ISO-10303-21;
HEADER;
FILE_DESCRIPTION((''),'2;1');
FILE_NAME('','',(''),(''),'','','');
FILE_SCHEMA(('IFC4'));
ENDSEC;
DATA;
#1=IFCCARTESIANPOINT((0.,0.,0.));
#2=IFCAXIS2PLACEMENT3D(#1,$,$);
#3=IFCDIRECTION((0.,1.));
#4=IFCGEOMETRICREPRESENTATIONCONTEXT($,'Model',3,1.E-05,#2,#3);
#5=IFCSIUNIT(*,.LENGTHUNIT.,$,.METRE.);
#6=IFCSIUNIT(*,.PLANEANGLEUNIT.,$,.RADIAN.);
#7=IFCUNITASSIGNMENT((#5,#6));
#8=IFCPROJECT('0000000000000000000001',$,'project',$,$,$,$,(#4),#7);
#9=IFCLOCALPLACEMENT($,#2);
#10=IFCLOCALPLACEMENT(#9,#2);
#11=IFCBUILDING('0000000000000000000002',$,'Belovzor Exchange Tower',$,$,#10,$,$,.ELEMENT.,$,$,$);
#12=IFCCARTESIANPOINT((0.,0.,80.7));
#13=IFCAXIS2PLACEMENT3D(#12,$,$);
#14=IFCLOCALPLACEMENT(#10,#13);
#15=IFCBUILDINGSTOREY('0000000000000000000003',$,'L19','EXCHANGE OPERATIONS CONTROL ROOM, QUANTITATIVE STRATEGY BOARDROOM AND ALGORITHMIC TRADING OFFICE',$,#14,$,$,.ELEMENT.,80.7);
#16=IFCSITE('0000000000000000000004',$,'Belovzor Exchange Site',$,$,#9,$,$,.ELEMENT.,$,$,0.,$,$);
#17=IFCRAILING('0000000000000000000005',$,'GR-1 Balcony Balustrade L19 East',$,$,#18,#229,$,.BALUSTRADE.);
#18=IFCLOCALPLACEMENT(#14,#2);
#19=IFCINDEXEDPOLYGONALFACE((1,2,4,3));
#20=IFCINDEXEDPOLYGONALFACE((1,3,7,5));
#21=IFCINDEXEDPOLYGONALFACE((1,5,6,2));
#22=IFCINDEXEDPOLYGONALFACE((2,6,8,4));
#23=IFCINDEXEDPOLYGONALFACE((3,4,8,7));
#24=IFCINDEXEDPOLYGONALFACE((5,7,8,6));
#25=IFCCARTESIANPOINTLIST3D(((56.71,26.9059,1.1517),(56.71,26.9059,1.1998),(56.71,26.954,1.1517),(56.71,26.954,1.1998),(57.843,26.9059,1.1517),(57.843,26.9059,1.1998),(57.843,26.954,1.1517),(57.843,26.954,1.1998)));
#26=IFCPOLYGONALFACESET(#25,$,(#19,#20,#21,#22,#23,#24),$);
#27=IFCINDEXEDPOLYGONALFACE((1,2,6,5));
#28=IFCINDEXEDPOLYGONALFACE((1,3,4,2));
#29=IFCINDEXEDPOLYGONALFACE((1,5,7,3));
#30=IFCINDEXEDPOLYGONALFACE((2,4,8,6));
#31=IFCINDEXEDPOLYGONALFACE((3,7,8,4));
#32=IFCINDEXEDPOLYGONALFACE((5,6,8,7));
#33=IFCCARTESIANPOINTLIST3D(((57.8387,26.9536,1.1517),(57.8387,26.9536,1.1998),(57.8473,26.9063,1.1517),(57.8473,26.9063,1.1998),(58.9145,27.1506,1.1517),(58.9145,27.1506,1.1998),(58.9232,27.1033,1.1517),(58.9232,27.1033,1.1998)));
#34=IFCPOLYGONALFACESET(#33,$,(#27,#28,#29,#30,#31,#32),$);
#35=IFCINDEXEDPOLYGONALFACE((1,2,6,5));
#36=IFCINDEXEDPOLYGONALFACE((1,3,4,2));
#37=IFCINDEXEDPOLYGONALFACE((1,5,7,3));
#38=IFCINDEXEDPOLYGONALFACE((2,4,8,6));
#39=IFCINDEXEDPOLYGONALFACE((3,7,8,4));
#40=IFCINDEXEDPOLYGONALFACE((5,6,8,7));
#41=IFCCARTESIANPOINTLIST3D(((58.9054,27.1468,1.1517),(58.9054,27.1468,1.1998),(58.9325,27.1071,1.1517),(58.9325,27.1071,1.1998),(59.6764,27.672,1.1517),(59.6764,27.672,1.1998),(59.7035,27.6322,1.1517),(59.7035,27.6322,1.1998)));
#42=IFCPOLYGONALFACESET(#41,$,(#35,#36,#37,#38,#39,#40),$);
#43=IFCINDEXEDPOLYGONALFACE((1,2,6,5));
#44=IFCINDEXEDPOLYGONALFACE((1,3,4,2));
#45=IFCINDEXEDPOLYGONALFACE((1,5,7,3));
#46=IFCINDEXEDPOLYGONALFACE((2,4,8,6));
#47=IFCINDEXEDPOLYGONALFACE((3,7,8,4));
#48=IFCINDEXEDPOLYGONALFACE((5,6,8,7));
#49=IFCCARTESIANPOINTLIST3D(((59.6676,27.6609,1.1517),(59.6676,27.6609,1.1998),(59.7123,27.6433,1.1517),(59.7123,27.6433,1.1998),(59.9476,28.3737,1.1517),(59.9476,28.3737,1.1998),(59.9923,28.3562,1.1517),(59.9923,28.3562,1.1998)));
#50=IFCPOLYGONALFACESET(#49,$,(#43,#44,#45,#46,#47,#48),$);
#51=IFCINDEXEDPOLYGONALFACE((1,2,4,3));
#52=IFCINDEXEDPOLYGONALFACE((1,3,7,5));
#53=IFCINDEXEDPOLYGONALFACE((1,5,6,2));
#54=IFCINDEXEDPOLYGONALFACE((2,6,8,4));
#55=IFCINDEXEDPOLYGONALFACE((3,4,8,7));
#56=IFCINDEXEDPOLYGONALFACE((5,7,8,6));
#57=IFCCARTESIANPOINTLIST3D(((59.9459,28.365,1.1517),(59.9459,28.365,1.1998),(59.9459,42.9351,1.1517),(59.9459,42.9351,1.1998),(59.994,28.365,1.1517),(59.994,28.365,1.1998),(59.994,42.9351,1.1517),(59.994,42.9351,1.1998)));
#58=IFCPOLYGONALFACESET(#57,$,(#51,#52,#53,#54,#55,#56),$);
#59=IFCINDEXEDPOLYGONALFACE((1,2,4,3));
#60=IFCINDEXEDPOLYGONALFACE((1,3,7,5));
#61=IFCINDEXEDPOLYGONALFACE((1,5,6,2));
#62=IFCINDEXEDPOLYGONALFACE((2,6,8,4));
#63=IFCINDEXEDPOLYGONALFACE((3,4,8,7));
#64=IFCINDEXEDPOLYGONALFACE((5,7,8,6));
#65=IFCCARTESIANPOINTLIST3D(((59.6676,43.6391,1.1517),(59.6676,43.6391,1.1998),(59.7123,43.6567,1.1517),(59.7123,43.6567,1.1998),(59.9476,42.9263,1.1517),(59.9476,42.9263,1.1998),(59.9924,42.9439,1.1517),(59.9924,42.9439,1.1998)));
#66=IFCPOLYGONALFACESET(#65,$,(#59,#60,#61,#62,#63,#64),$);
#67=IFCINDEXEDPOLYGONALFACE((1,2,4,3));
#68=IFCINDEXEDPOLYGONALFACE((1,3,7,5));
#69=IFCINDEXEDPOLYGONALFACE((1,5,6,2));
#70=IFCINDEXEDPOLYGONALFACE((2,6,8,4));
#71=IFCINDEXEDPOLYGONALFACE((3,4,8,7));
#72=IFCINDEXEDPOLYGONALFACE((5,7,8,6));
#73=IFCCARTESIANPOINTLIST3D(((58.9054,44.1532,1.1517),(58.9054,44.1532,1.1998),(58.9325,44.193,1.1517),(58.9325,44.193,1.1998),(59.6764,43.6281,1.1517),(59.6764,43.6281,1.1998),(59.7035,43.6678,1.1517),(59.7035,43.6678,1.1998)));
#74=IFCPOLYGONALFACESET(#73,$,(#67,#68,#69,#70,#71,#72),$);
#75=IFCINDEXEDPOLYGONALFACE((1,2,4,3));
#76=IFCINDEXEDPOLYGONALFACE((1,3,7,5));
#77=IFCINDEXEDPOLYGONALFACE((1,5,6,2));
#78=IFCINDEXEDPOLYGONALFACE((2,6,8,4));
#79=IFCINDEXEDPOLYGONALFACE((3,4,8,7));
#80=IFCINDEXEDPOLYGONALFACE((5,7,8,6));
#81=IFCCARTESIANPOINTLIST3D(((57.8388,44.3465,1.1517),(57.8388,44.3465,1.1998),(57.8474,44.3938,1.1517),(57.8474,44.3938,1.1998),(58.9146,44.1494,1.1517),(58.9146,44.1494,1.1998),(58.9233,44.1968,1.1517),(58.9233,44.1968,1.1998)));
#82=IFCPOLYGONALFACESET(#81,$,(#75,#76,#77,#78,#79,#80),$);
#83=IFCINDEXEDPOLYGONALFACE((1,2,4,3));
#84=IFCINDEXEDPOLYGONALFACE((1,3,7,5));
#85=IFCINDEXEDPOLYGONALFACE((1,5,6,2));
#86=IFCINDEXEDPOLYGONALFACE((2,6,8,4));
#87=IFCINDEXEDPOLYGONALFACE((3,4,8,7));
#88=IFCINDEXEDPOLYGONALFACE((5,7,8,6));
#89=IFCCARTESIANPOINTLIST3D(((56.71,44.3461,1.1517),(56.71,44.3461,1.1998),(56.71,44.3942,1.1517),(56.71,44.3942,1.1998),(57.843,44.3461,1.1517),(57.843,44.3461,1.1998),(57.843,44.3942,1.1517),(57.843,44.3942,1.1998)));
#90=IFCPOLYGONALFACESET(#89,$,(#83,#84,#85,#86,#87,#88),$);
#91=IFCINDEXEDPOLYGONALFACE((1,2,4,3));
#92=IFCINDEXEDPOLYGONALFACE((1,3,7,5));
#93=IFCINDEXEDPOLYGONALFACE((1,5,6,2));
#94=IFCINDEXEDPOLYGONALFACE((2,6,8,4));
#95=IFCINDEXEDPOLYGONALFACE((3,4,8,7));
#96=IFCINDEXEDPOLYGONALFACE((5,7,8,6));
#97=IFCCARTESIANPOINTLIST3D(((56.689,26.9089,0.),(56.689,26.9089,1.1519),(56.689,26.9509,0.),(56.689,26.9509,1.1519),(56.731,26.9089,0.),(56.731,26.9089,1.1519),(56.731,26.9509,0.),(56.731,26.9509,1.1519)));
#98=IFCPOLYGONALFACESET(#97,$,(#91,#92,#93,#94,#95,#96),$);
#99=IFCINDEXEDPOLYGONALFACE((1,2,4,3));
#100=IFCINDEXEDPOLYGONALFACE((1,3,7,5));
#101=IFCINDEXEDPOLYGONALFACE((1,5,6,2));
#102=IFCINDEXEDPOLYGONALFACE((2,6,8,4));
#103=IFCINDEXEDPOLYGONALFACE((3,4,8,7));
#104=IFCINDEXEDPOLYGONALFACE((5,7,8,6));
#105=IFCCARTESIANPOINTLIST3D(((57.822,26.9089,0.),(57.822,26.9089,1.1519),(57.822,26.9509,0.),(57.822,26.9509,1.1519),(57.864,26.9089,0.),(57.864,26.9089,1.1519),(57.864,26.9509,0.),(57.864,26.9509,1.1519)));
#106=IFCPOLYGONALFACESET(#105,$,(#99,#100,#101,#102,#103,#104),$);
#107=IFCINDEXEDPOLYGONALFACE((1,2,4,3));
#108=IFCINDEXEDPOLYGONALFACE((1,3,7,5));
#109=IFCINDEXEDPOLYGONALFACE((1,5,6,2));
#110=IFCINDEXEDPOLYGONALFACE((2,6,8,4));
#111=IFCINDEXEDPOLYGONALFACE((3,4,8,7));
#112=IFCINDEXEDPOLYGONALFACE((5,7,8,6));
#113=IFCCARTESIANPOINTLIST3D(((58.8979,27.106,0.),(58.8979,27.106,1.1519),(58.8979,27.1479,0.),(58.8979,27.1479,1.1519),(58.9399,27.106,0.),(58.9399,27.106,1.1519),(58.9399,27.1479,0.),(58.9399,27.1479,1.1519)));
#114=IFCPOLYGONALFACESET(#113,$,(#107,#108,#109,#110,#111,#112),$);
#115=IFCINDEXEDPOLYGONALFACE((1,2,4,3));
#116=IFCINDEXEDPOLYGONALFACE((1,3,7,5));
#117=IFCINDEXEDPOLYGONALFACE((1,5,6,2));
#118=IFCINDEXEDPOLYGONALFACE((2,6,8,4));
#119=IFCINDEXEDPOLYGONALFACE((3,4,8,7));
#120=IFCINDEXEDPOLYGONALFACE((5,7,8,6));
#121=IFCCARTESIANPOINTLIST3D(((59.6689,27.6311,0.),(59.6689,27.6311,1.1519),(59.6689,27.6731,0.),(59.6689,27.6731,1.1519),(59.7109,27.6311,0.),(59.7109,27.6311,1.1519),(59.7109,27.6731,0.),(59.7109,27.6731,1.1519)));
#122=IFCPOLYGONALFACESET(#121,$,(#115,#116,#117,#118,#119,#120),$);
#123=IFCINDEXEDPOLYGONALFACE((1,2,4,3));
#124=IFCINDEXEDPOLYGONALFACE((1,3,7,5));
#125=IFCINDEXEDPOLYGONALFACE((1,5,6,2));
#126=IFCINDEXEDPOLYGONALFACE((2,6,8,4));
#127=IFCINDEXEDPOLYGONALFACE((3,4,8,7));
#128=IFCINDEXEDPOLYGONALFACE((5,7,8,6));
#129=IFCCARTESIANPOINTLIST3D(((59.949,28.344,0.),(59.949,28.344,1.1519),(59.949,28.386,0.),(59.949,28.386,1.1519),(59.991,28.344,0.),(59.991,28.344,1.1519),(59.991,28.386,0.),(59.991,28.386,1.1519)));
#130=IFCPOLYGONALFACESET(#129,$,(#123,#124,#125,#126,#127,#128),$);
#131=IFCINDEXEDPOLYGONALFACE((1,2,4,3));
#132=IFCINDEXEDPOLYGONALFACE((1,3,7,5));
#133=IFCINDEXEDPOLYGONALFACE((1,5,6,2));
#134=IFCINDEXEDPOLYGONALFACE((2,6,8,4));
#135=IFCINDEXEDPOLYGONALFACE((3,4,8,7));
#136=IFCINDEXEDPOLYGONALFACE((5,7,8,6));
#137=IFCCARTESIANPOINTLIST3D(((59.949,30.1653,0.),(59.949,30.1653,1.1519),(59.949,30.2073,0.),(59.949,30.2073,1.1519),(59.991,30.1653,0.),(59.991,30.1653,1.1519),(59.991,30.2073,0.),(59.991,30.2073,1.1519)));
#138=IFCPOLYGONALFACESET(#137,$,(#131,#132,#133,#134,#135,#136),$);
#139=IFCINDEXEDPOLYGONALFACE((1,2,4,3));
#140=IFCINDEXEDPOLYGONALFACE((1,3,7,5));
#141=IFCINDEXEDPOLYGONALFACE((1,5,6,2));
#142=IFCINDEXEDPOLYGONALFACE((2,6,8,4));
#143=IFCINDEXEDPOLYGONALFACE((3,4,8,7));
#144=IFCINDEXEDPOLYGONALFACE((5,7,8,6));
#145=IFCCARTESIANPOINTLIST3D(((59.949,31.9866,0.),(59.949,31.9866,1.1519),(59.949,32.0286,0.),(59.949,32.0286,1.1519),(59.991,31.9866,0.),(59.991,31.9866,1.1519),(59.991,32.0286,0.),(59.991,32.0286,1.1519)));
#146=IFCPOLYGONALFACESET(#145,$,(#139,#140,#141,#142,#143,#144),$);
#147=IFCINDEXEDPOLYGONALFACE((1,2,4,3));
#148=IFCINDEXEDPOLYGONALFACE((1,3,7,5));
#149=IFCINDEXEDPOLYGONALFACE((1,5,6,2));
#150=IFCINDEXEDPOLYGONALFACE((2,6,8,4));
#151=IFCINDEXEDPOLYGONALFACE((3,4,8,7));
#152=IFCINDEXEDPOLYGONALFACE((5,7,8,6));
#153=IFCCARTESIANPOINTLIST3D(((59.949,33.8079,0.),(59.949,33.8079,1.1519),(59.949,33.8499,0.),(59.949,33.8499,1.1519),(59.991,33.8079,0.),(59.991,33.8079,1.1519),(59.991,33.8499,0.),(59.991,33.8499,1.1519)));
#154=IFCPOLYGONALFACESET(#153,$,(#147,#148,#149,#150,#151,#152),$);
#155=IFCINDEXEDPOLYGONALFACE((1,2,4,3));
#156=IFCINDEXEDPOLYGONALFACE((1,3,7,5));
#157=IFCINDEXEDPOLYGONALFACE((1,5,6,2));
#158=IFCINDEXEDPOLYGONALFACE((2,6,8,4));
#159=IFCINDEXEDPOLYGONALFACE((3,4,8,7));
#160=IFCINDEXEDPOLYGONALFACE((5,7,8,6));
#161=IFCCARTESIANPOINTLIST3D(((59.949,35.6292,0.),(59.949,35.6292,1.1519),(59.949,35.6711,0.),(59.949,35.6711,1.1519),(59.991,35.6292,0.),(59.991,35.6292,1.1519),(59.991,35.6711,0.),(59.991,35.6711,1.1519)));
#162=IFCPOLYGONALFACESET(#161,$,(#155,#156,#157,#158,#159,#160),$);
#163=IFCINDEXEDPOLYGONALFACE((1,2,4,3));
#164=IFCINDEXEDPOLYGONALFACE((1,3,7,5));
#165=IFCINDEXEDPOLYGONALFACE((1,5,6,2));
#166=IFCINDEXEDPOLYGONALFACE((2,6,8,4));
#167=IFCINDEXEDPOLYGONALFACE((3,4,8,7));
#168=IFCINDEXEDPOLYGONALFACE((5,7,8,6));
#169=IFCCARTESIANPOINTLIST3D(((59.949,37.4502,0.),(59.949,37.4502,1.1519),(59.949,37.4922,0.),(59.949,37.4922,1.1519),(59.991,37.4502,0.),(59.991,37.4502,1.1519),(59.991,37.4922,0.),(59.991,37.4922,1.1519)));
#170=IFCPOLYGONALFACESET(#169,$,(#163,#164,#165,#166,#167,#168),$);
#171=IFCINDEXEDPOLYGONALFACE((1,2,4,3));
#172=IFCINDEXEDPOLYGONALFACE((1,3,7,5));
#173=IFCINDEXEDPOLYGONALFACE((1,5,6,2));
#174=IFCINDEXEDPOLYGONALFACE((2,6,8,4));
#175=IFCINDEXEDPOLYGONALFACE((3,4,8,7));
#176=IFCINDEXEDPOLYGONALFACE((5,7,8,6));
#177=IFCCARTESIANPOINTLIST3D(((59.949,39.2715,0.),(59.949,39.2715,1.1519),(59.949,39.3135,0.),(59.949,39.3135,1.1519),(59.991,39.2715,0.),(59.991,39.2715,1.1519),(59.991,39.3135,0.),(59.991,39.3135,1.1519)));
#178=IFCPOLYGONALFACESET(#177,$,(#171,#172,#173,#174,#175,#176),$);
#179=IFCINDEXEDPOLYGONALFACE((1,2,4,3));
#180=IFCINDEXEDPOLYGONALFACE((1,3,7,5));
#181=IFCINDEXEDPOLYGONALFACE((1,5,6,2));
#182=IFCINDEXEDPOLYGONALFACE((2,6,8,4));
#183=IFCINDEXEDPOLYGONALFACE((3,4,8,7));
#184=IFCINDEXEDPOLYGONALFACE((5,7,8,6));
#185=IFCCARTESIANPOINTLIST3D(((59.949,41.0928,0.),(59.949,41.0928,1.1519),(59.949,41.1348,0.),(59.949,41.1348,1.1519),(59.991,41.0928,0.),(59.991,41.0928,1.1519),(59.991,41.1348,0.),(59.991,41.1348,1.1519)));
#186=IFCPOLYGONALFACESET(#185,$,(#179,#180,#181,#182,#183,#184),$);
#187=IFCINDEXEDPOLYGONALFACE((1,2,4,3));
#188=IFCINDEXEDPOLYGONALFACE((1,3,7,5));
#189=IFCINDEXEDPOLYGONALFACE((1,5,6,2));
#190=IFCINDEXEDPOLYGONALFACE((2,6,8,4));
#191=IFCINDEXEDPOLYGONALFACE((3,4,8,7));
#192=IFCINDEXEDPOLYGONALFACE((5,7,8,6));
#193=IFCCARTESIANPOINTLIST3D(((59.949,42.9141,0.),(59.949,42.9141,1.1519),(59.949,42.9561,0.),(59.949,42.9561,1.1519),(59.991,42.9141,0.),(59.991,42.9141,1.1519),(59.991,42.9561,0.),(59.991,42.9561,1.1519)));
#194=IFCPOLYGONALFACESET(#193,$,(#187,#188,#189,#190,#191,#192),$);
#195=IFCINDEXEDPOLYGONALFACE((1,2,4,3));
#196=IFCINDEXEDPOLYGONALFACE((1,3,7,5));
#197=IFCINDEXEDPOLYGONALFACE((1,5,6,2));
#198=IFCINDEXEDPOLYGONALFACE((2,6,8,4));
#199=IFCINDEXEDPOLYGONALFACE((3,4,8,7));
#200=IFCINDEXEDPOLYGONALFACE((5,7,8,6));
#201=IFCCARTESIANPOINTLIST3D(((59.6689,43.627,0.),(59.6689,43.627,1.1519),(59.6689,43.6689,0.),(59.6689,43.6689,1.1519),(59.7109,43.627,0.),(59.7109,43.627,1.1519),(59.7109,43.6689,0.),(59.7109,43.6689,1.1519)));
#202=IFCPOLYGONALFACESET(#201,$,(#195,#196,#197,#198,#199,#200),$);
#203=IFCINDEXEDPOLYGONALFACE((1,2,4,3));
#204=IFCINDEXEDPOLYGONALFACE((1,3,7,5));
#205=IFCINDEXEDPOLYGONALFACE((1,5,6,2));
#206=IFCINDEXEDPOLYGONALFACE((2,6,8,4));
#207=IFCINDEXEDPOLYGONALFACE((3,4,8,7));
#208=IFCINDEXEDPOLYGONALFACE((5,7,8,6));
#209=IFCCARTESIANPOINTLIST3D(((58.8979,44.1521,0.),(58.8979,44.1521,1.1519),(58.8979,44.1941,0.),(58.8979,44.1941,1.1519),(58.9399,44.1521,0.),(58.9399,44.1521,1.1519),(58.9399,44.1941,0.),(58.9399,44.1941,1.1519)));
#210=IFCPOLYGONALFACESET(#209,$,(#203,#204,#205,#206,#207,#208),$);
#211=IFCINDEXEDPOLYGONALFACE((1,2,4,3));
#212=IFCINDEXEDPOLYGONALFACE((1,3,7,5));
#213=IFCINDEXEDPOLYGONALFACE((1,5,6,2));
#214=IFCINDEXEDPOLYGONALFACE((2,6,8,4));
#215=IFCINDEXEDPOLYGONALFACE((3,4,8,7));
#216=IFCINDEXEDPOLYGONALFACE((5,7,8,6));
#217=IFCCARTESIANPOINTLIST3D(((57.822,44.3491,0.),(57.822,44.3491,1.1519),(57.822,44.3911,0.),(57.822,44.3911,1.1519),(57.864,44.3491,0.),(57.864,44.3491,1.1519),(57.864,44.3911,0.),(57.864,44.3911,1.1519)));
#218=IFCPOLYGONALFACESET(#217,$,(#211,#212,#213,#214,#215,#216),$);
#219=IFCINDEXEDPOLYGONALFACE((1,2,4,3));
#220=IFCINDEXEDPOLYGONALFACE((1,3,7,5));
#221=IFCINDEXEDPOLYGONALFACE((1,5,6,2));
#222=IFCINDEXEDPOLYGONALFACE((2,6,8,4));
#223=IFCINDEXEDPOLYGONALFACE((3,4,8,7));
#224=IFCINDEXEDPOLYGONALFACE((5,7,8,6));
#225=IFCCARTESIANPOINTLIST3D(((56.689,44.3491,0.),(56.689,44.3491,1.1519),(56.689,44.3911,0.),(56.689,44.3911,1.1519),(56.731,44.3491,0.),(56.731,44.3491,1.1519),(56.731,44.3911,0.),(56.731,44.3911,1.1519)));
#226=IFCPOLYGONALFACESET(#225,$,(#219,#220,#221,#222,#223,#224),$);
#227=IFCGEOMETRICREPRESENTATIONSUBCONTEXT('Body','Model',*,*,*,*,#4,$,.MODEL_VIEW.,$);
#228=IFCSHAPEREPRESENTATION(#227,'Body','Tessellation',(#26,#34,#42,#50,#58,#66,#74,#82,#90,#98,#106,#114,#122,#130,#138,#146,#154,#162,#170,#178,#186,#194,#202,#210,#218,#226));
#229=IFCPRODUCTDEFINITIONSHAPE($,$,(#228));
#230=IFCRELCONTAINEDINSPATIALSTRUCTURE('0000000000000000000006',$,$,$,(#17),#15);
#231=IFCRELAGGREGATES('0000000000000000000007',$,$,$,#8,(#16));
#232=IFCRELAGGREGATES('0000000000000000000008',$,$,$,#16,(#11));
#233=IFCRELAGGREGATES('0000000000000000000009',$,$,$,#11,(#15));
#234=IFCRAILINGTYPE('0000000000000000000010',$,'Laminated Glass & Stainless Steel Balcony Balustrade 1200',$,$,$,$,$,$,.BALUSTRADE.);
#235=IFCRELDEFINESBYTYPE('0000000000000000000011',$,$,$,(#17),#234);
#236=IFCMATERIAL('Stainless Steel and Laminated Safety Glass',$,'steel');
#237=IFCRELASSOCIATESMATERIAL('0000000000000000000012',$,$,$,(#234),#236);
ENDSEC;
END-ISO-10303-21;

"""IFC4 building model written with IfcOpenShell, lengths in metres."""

from ifc_helpers import new_model, si_unit, direction, frame, origin, origin_2d, place, context, subcontext, project, spatial, rectangle, extrude, material, type_object, element, save


model = new_model("IFC4")

# Units and contexts
model_context = context("Model", 3, precision=1e-05, world=origin(), true_north=direction((0.0, 1.0)))
body_context = subcontext(model_context, "Body", "Model", "MODEL_VIEW")
ifc_project = project(units=[si_unit("LENGTHUNIT", "METRE"), si_unit("PLANEANGLEUNIT", "RADIAN")], contexts=[model_context])

# Site, building, storey
site_placement = place(None, origin())
site = spatial("IfcSite", under=ifc_project, at=site_placement, Name="Belovzor Exchange Site", CompositionType="ELEMENT", RefElevation=0.0)
building_placement = place(site_placement, origin())
building = spatial("IfcBuilding", under=site, at=building_placement, Name="Belovzor Exchange Tower", CompositionType="ELEMENT")
storey_placement = place(building_placement, frame((0.0, 0.0, 80.7)))
storey = spatial("IfcBuildingStorey", under=building, at=storey_placement, Name="L19", Description="EXCHANGE OPERATIONS CONTROL ROOM, QUANTITATIVE STRATEGY BOARDROOM AND ALGORITHMIC TRADING OFFICE", CompositionType="ELEMENT", Elevation=80.7)

# Railing
ifc_material_1 = material(Name="Stainless Steel and Laminated Safety Glass", Category="steel")
railing_type = type_object("IfcRailingType", Name="Laminated Glass & Stainless Steel Balcony Balustrade 1200", PredefinedType="BALUSTRADE", material=ifc_material_1)
railing_placement = place(storey_placement, frame((56.71, 26.9299, 0.0)))
element("IfcRailing", 1, at=railing_placement, inside=storey, type_object=railing_type, Name="GR-1 Balcony Balustrade L19 East", PredefinedType="BALUSTRADE", context=body_context, shape_type="SweptSolid", body=[
    extrude(rectangle(XDim=0.0481, YDim=0.0481, at=origin_2d()), frame((0.0, 0.0, 1.1758), z_axis=(1.0, 0.0, 0.0), x_axis=(0.0, 1.0, 0.0)), (0.0, 0.0, 1.0), 1.1331),
    extrude(rectangle(XDim=0.0481, YDim=0.0481, at=origin_2d()), frame((1.1331, 0.0, 1.1758), z_axis=(0.983644, 0.180123, 0.0), x_axis=(-0.180123, 0.983644, 0.0)), (0.0, 0.0, 1.0), 1.0938),
    extrude(rectangle(XDim=0.0481, YDim=0.0481, at=origin_2d()), frame((2.209, 0.197, 1.1758), z_axis=(0.826493, 0.562947, 0.0), x_axis=(-0.562947, 0.826493, 0.0)), (0.0, 0.0, 1.0), 0.9329),
    extrude(rectangle(XDim=0.0481, YDim=0.0481, at=origin_2d()), frame((2.98, 0.7222, 1.1758), z_axis=(0.365613, 0.930767, 0.0), x_axis=(-0.930767, 0.365613, 0.0)), (0.0, 0.0, 1.0), 0.7659),
    extrude(rectangle(XDim=0.0481, YDim=0.0481, at=origin_2d()), frame((3.26, 1.4351, 1.1758), z_axis=(0.0, 1.0, 0.0), x_axis=(-1.0, 0.0, 0.0)), (0.0, 0.0, 1.0), 14.5701),
    extrude(rectangle(XDim=0.0481, YDim=0.0481, at=origin_2d()), frame((3.26, 16.0051, 1.1758), z_axis=(-0.365613, 0.930767, 0.0), x_axis=(-0.930767, -0.365613, 0.0)), (0.0, 0.0, 1.0), 0.7659),
    extrude(rectangle(XDim=0.0481, YDim=0.0481, at=origin_2d()), frame((2.98, 16.718, 1.1758), z_axis=(-0.826493, 0.562947, 0.0), x_axis=(-0.562947, -0.826493, 0.0)), (0.0, 0.0, 1.0), 0.9329),
    extrude(rectangle(XDim=0.0481, YDim=0.0481, at=origin_2d()), frame((2.209, 17.2432, 1.1758), z_axis=(-0.983644, 0.180123, 0.0), x_axis=(-0.180123, -0.983644, 0.0)), (0.0, 0.0, 1.0), 1.0938),
    extrude(rectangle(XDim=0.0481, YDim=0.0481, at=origin_2d()), frame((1.1331, 17.4402, 1.1758), z_axis=(-1.0, 0.0, 0.0), x_axis=(0.0, -1.0, 0.0)), (0.0, 0.0, 1.0), 1.1331),
    extrude(rectangle(XDim=0.042, YDim=0.042, at=origin_2d()), origin(), (0.0, 0.0, 1.0), 1.1519),
    extrude(rectangle(XDim=0.042, YDim=0.042, at=origin_2d()), frame((1.1331, 0.0, 0.0)), (0.0, 0.0, 1.0), 1.1519),
    extrude(rectangle(XDim=0.042, YDim=0.042, at=origin_2d()), frame((2.209, 0.197, 0.0)), (0.0, 0.0, 1.0), 1.1519),
    extrude(rectangle(XDim=0.042, YDim=0.042, at=origin_2d()), frame((2.98, 0.7222, 0.0)), (0.0, 0.0, 1.0), 1.1519),
    extrude(rectangle(XDim=0.042, YDim=0.042, at=origin_2d()), frame((3.26, 1.4351, 0.0)), (0.0, 0.0, 1.0), 1.1519),
    extrude(rectangle(XDim=0.042, YDim=0.042, at=origin_2d()), frame((3.26, 3.2563, 0.0)), (0.0, 0.0, 1.0), 1.1519),
    extrude(rectangle(XDim=0.042, YDim=0.042, at=origin_2d()), frame((3.26, 5.0776, 0.0)), (0.0, 0.0, 1.0), 1.1519),
    extrude(rectangle(XDim=0.042, YDim=0.042, at=origin_2d()), frame((3.26, 6.8989, 0.0)), (0.0, 0.0, 1.0), 1.1519),
    extrude(rectangle(XDim=0.042, YDim=0.042, at=origin_2d()), frame((3.26, 8.7202, 0.0)), (0.0, 0.0, 1.0), 1.1519),
    extrude(rectangle(XDim=0.042, YDim=0.042, at=origin_2d()), frame((3.26, 10.5413, 0.0)), (0.0, 0.0, 1.0), 1.1519),
    extrude(rectangle(XDim=0.042, YDim=0.042, at=origin_2d()), frame((3.26, 12.3625, 0.0)), (0.0, 0.0, 1.0), 1.1519),
    extrude(rectangle(XDim=0.042, YDim=0.042, at=origin_2d()), frame((3.26, 14.1838, 0.0)), (0.0, 0.0, 1.0), 1.1519),
    extrude(rectangle(XDim=0.042, YDim=0.042, at=origin_2d()), frame((3.26, 16.0051, 0.0)), (0.0, 0.0, 1.0), 1.1519),
    extrude(rectangle(XDim=0.042, YDim=0.042, at=origin_2d()), frame((2.98, 16.718, 0.0)), (0.0, 0.0, 1.0), 1.1519),
    extrude(rectangle(XDim=0.042, YDim=0.042, at=origin_2d()), frame((2.209, 17.2432, 0.0)), (0.0, 0.0, 1.0), 1.1519),
    extrude(rectangle(XDim=0.042, YDim=0.042, at=origin_2d()), frame((1.1331, 17.4402, 0.0)), (0.0, 0.0, 1.0), 1.1519),
    extrude(rectangle(XDim=0.042, YDim=0.042, at=origin_2d()), frame((0.0, 17.4402, 0.0)), (0.0, 0.0, 1.0), 1.1519),
])

save(model, "model.ifc")
